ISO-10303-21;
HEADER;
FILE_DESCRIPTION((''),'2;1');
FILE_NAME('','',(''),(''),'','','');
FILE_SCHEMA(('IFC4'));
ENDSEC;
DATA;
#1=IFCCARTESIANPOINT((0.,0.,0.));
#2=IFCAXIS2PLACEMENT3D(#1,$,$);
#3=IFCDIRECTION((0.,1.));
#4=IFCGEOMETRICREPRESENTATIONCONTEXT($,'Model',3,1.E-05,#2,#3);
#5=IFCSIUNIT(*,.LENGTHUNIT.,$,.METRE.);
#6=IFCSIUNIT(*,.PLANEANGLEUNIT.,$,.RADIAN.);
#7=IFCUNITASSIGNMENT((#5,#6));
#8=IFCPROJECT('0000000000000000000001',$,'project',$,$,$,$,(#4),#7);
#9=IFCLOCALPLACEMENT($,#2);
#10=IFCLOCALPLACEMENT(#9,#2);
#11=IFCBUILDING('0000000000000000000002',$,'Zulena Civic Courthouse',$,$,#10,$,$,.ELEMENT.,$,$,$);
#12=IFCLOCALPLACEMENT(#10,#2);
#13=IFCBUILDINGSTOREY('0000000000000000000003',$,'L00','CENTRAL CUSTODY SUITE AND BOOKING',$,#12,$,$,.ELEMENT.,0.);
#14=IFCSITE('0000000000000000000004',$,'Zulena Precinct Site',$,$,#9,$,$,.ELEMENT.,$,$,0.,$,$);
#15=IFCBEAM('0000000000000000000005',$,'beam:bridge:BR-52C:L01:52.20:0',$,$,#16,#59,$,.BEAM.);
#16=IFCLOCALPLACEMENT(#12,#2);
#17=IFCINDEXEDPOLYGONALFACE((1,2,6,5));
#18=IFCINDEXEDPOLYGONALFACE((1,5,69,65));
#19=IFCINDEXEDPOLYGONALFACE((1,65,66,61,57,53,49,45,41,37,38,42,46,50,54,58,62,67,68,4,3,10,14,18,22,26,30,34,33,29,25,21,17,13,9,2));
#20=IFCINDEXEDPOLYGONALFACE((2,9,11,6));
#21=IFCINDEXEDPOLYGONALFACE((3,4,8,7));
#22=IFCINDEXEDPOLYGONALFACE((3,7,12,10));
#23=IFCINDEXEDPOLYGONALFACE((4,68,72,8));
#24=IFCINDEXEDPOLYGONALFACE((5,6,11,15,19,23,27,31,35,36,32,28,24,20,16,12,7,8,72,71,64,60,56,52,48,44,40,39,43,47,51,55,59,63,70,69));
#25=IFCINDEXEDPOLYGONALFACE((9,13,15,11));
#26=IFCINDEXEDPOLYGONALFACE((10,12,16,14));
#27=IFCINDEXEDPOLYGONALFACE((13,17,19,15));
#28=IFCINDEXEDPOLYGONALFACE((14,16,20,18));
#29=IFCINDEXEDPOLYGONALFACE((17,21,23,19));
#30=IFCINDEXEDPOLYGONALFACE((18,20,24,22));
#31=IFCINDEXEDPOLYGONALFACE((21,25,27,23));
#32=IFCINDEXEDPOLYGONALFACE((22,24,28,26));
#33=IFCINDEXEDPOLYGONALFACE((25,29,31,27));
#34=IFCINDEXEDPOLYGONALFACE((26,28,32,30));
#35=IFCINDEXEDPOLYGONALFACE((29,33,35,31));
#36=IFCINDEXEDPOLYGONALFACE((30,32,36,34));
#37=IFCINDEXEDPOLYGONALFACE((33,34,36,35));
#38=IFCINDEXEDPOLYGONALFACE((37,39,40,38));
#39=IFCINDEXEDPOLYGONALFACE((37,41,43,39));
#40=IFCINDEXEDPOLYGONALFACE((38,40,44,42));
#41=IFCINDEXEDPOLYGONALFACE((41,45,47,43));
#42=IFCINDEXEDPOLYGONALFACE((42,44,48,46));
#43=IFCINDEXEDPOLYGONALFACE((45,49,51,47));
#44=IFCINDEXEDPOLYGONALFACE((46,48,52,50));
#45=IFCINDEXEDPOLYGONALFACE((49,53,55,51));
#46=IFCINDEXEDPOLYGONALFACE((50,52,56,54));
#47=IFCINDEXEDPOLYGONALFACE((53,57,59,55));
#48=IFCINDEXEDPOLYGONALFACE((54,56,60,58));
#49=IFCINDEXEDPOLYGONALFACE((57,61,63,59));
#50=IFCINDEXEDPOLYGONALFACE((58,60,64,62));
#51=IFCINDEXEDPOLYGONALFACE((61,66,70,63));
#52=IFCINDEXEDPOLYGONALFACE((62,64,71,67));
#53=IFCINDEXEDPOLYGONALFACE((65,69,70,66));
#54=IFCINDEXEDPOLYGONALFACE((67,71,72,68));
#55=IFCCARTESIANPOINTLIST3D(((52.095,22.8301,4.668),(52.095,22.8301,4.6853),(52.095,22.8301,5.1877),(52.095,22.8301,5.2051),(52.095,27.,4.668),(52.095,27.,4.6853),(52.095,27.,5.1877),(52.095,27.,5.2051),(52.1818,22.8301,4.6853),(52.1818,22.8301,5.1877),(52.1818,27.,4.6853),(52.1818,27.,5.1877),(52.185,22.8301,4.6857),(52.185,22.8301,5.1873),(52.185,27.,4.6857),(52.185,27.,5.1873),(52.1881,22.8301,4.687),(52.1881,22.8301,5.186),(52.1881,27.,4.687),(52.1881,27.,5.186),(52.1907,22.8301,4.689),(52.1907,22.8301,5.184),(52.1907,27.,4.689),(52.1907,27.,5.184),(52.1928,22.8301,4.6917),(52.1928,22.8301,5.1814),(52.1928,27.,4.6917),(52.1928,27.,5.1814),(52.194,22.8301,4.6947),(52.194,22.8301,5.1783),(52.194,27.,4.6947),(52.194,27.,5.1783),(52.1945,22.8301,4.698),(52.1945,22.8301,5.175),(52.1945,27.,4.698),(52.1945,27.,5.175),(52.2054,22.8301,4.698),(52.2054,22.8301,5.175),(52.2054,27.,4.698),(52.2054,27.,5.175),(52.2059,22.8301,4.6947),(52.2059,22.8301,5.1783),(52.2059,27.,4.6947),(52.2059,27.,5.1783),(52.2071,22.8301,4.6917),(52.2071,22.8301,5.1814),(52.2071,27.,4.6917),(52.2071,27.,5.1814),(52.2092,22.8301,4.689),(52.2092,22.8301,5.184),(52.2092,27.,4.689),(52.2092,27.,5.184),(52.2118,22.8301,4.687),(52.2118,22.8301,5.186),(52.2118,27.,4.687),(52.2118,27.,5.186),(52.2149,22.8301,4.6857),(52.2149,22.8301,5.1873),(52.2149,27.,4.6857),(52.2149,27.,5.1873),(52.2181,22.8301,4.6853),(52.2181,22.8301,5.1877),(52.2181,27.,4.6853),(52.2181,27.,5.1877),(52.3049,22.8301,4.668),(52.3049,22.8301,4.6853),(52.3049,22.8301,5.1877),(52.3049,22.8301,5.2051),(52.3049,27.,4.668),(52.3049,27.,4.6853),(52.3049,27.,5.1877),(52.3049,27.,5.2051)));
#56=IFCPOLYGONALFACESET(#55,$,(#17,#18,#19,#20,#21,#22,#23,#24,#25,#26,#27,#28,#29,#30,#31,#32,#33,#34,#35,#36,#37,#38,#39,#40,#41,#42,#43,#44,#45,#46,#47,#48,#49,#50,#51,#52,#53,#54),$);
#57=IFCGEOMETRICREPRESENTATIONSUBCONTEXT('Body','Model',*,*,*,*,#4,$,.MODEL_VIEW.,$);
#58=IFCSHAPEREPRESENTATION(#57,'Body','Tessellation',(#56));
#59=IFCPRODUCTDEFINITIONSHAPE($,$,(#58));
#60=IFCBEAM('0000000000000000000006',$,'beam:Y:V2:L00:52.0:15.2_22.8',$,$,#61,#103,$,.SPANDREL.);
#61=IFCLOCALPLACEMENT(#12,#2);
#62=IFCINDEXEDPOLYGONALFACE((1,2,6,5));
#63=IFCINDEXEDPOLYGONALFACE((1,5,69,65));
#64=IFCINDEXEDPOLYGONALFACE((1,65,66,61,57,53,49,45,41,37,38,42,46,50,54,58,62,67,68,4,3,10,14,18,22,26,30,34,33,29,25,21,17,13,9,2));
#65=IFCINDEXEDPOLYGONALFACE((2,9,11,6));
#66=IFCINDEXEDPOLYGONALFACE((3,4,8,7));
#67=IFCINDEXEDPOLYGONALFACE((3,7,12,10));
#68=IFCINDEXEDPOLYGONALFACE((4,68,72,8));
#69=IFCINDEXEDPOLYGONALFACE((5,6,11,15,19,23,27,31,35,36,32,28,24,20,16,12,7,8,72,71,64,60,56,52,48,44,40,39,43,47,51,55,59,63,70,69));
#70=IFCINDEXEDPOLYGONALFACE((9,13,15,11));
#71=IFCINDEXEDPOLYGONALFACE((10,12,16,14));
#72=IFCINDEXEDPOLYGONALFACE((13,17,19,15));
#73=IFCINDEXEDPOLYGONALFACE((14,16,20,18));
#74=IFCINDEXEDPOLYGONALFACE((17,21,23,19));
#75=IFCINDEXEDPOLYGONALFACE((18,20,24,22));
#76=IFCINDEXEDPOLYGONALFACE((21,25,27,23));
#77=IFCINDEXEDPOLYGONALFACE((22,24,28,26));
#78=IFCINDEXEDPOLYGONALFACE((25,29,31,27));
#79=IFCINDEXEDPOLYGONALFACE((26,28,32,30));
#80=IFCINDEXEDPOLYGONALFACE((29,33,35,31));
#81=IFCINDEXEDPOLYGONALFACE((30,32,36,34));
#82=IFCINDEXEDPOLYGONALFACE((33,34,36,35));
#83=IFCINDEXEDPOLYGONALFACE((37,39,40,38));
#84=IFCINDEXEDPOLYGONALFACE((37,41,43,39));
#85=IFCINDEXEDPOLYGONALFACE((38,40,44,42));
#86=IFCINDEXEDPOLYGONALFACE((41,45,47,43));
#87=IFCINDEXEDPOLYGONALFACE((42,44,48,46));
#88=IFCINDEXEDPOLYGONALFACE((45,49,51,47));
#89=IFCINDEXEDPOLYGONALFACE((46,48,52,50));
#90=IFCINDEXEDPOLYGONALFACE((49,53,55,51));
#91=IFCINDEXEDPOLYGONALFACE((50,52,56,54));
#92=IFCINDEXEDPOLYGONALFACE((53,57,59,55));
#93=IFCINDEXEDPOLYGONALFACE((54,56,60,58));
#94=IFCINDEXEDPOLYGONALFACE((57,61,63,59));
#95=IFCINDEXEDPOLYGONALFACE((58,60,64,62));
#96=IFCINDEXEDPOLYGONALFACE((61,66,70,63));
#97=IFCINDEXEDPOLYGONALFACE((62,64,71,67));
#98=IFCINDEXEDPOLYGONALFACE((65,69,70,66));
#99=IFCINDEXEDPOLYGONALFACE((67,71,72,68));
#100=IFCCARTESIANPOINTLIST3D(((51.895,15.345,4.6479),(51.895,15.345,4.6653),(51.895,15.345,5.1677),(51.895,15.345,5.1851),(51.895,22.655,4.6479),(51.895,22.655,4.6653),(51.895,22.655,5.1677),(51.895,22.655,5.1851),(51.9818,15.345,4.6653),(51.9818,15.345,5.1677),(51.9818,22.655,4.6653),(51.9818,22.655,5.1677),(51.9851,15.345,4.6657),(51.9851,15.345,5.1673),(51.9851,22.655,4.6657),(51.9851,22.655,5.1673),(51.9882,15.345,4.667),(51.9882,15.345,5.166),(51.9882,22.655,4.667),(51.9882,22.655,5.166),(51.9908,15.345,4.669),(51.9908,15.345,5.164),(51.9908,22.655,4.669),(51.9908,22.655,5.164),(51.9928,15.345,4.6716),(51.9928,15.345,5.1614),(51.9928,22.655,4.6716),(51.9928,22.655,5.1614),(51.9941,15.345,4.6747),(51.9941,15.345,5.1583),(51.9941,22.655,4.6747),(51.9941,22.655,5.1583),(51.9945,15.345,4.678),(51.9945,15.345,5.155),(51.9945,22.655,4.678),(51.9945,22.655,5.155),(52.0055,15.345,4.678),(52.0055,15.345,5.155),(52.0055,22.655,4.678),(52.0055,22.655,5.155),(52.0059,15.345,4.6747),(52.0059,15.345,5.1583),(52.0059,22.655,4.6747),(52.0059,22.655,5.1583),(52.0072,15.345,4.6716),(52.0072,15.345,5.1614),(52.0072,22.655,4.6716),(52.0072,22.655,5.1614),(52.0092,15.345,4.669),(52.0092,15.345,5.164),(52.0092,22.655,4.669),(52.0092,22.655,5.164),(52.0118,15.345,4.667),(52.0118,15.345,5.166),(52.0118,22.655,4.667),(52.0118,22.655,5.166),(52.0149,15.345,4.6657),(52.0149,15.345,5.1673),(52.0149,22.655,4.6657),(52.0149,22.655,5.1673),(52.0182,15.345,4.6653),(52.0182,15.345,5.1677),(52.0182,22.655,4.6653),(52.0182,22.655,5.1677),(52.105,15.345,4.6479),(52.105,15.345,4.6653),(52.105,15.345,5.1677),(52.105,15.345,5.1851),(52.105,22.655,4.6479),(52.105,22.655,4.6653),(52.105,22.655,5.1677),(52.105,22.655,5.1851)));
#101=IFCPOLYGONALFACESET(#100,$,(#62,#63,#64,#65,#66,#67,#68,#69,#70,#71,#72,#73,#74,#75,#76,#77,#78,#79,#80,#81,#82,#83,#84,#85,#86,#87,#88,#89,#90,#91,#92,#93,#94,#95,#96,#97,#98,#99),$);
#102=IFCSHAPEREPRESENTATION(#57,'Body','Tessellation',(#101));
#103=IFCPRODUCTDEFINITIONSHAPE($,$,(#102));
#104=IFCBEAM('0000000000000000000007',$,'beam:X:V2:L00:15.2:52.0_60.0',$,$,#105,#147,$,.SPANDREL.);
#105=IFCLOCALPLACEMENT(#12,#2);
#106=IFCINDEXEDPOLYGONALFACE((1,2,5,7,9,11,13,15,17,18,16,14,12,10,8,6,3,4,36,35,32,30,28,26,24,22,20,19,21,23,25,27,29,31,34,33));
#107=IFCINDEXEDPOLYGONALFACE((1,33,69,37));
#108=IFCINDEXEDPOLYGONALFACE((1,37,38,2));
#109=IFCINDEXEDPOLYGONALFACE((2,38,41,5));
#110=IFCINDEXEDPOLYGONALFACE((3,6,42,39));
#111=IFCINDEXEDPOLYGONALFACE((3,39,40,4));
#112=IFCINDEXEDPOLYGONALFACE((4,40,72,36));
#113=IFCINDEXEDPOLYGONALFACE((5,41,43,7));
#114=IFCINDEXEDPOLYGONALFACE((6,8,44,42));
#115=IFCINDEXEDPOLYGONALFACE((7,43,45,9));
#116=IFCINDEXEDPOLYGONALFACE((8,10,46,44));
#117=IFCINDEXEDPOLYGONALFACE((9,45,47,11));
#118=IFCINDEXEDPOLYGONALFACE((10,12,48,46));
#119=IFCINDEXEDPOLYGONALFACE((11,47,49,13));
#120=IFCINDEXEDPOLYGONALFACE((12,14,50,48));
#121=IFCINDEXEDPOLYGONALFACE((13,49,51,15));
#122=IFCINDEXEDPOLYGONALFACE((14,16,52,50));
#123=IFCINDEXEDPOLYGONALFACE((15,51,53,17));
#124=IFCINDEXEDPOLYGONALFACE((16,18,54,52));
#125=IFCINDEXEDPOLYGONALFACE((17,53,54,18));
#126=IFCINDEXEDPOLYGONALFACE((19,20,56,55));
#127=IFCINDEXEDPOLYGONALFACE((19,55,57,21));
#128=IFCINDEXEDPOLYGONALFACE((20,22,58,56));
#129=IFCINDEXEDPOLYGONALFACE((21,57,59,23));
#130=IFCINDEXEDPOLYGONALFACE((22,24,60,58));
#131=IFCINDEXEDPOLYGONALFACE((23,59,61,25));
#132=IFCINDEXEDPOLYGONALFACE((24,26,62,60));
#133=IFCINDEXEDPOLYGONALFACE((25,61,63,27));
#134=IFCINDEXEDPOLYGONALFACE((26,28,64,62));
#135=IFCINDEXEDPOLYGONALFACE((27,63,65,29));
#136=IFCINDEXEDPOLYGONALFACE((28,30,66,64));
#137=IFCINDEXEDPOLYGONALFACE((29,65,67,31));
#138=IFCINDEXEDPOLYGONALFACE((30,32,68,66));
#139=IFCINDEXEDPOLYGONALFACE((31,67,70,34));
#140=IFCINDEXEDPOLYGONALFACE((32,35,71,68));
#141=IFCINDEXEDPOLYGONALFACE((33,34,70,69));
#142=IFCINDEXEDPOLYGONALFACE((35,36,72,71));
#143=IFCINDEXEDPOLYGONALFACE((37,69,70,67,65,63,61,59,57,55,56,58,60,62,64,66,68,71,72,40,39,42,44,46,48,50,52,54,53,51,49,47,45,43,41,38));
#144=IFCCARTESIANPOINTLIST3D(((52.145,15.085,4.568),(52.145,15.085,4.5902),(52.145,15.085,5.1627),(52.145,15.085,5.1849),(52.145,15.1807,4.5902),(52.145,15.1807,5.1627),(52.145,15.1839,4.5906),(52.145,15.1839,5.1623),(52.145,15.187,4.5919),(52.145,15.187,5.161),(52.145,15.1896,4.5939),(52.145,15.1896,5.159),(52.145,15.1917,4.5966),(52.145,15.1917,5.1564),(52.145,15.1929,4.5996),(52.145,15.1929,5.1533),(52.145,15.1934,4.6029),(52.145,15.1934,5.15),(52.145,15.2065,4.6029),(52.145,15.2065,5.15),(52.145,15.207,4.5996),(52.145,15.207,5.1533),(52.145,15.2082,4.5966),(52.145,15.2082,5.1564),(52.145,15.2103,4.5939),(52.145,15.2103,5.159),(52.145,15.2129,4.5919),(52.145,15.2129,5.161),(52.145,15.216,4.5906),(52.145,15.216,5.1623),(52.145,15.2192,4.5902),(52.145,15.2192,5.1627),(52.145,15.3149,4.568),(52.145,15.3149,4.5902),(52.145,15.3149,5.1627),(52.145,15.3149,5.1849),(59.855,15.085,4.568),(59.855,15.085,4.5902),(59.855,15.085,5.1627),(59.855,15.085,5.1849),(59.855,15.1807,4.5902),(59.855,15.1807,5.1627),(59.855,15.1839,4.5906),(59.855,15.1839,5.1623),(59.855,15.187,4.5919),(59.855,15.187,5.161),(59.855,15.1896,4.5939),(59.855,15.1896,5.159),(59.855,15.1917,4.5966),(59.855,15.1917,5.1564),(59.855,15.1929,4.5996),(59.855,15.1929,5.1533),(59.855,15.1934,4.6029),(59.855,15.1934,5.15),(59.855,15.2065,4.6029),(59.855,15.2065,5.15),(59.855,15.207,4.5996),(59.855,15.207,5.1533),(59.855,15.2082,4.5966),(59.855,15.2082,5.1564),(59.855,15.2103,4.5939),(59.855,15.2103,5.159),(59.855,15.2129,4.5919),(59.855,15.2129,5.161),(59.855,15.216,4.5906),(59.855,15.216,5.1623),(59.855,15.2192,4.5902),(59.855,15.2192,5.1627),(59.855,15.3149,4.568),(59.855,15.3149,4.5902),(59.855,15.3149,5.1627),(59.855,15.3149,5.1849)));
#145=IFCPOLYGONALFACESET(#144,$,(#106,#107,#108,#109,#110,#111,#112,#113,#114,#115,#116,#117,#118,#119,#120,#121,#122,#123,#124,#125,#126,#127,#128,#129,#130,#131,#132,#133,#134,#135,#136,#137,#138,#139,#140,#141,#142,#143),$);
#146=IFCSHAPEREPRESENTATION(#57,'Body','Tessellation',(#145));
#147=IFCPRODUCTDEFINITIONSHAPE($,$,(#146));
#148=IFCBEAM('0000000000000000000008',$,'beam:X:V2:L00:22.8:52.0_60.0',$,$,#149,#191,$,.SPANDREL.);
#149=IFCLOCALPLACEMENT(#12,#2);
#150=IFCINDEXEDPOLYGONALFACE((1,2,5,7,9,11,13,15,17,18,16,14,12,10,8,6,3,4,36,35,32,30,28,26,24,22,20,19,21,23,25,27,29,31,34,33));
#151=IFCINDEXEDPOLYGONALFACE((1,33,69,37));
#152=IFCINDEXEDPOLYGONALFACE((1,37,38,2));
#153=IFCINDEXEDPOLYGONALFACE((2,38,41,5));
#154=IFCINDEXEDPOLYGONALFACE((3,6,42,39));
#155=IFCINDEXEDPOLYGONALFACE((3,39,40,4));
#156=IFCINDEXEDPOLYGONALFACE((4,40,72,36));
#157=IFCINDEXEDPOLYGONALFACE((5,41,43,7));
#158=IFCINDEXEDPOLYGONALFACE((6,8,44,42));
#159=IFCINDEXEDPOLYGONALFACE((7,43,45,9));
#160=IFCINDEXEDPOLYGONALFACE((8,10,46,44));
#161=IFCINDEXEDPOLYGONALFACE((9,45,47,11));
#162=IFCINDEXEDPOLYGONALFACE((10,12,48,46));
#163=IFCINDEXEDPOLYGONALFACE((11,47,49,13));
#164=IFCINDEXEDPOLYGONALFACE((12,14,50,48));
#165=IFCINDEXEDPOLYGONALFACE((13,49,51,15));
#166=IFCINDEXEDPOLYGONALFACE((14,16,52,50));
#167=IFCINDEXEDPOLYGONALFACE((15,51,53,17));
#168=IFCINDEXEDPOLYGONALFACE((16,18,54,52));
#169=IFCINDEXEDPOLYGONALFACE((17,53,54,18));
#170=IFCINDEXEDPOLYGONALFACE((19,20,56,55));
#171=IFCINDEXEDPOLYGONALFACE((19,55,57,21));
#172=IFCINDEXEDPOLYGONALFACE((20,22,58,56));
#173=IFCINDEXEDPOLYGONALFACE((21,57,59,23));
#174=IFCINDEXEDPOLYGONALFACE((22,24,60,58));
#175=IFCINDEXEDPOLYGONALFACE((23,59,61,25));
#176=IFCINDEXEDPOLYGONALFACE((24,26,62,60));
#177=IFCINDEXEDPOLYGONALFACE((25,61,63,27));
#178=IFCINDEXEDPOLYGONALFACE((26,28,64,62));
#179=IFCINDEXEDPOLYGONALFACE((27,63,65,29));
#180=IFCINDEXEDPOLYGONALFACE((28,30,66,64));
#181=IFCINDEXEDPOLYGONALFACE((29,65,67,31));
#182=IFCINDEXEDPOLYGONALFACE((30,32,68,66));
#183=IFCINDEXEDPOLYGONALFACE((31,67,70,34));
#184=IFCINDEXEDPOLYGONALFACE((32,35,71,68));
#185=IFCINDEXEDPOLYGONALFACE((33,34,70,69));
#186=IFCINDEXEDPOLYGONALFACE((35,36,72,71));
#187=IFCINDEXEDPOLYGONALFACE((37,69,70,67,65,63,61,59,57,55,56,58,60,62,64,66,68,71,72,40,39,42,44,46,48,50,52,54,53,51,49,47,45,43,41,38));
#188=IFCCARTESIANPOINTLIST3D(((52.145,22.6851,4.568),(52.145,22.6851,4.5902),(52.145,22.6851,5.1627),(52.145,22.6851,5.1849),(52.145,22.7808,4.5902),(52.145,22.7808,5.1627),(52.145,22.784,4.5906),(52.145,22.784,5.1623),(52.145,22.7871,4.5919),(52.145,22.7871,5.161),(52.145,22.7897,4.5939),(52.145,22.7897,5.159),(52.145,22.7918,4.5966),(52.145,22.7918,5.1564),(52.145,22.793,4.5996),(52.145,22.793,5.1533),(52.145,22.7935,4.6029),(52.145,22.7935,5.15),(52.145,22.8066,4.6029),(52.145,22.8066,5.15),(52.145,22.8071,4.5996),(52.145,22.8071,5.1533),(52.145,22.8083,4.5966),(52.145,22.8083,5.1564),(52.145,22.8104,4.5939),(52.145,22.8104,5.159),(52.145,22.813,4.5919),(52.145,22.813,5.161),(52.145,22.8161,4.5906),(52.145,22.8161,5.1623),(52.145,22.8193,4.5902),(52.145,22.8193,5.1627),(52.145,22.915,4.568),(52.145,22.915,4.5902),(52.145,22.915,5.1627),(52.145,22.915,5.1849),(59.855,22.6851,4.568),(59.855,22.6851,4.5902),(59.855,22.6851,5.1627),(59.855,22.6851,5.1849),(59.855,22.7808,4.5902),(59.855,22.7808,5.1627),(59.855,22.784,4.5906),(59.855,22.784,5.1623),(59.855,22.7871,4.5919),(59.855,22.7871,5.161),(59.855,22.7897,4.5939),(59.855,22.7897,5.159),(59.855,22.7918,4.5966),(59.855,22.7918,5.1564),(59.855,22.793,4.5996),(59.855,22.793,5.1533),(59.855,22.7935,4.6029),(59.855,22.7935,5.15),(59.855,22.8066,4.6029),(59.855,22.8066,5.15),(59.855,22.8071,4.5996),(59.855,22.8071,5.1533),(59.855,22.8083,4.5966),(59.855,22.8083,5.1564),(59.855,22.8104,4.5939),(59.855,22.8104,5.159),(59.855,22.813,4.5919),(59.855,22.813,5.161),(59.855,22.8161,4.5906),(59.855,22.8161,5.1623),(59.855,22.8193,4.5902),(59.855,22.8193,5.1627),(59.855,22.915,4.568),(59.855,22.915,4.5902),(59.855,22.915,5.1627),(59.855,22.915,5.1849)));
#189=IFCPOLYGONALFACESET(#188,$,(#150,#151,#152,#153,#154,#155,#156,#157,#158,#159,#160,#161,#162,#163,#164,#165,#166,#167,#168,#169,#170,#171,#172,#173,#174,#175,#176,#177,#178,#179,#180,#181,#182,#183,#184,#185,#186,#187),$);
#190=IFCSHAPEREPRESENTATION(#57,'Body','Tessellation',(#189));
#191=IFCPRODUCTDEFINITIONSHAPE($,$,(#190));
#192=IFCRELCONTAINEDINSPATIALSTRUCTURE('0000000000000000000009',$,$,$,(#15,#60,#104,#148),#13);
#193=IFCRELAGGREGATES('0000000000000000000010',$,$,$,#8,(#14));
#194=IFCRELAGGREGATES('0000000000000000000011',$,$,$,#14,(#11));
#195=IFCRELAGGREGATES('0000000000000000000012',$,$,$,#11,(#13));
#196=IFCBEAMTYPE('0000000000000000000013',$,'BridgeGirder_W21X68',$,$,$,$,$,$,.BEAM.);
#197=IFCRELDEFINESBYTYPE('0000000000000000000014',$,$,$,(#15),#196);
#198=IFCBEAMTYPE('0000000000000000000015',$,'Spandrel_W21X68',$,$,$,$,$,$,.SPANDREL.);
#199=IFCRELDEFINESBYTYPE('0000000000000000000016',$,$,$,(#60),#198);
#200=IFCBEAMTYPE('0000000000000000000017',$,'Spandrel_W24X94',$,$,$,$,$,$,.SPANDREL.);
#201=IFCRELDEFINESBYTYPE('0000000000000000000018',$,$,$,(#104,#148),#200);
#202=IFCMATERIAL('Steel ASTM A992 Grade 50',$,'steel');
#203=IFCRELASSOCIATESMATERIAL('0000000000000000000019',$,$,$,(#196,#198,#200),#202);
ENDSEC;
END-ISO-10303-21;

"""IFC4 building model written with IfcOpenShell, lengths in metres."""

from ifc_helpers import new_model, si_unit, direction, frame, origin, origin_2d, place, context, subcontext, project, spatial, i_section, extrude, material, material_profile, profile_set, type_object, element, save


model = new_model("IFC4")

# Units and contexts
model_context = context("Model", 3, precision=1e-05, world=origin(), true_north=direction((0.0, 1.0)))
body_context = subcontext(model_context, "Body", "Model", "MODEL_VIEW")
ifc_project = project(units=[si_unit("LENGTHUNIT", "METRE"), si_unit("PLANEANGLEUNIT", "RADIAN")], contexts=[model_context])

# Site, building, storey
site_placement = place(None, origin())
site = spatial("IfcSite", under=ifc_project, at=site_placement, Name="Zulena Precinct Site", CompositionType="ELEMENT", RefElevation=0.0)
building_placement = place(site_placement, origin())
building = spatial("IfcBuilding", under=site, at=building_placement, Name="Zulena Civic Courthouse", CompositionType="ELEMENT")
storey_placement = place(building_placement, origin())
storey = spatial("IfcBuildingStorey", under=building, at=storey_placement, Name="L00", Description="CENTRAL CUSTODY SUITE AND BOOKING", CompositionType="ELEMENT", Elevation=0.0)

# Shared definitions
ifc_material_1 = material(Name="Steel ASTM A992 Grade 50", Category="steel")

# Beams
ifc_material_profile_1 = material_profile(ifc_material_1, i_section(OverallWidth=0.21, OverallDepth=0.5371, WebThickness=0.011, FlangeThickness=0.0173, FilletRadius=0.0127, at=origin_2d()), Name="W21X68")
ifc_profile_set_1 = profile_set([ifc_material_profile_1], Name="Steel ASTM A992 Grade 50")
beam_type_1 = type_object("IfcBeamType", Name="BridgeGirder_W21X68", PredefinedType="BEAM", material=ifc_profile_set_1)
beam_1_placement = place(storey_placement, frame((52.2, 22.8301, 4.9365), z_axis=(0.0, 1.0, 0.0), x_axis=(-1.0, 0.0, 0.0)))
element("IfcBeam", 1, at=beam_1_placement, inside=storey, type_object=beam_type_1, Name="beam:bridge:BR-52C:L01:52.20:0", PredefinedType="BEAM", context=body_context, shape_type="SweptSolid", body=[
    extrude(i_section(OverallWidth=0.21, OverallDepth=0.5371, WebThickness=0.011, FlangeThickness=0.0173, FilletRadius=0.0127, at=origin_2d()), origin(), (0.0, 0.0, 1.0), 4.1699),
])
ifc_material_profile_2 = material_profile(ifc_material_1, i_section(OverallWidth=0.21, OverallDepth=0.5371, WebThickness=0.011, FlangeThickness=0.0173, FilletRadius=0.0127, at=origin_2d()), Name="W21X68")
ifc_profile_set_2 = profile_set([ifc_material_profile_2], Name="Steel ASTM A992 Grade 50")
beam_type_2 = type_object("IfcBeamType", Name="Spandrel_W21X68", PredefinedType="SPANDREL", material=ifc_profile_set_2)
beam_2_placement = place(storey_placement, frame((52.0, 15.345, 4.9165), z_axis=(0.0, 1.0, 0.0), x_axis=(-1.0, 0.0, 0.0)))
element("IfcBeam", 2, at=beam_2_placement, inside=storey, type_object=beam_type_2, Name="beam:Y:V2:L00:52.0:15.2_22.8", PredefinedType="SPANDREL", context=body_context, shape_type="SweptSolid", body=[
    extrude(i_section(OverallWidth=0.21, OverallDepth=0.5371, WebThickness=0.011, FlangeThickness=0.0173, FilletRadius=0.0127, at=origin_2d()), origin(), (0.0, 0.0, 1.0), 7.3101),
])
ifc_material_profile_3 = material_profile(ifc_material_1, i_section(OverallWidth=0.23, OverallDepth=0.6169, WebThickness=0.0132, FlangeThickness=0.0222, FilletRadius=0.0127, at=origin_2d()), Name="W24X94")
ifc_profile_set_3 = profile_set([ifc_material_profile_3], Name="Steel ASTM A992 Grade 50")
beam_type_3 = type_object("IfcBeamType", Name="Spandrel_W24X94", PredefinedType="SPANDREL", material=ifc_profile_set_3)
for number, where, z_axis, x_axis, name in (
    (3, (52.145, 15.2, 4.8765), (1.0, 0.0, 0.0), (0.0, 1.0, 0.0), "beam:X:V2:L00:15.2:52.0_60.0"),
    (4, (52.145, 22.8, 4.8765), (1.0, 0.0, 0.0), (0.0, 1.0, 0.0), "beam:X:V2:L00:22.8:52.0_60.0"),
):
    element("IfcBeam", number, at=place(storey_placement, frame(where, z_axis=z_axis, x_axis=x_axis)), inside=storey, type_object=beam_type_3, Name=name, PredefinedType="SPANDREL", context=body_context, shape_type="SweptSolid", body=[
        extrude(i_section(OverallWidth=0.23, OverallDepth=0.6169, WebThickness=0.0132, FlangeThickness=0.0222, FilletRadius=0.0127, at=origin_2d()), origin(), (0.0, 0.0, 1.0), 7.71),
    ])

save(model, "model.ifc")
